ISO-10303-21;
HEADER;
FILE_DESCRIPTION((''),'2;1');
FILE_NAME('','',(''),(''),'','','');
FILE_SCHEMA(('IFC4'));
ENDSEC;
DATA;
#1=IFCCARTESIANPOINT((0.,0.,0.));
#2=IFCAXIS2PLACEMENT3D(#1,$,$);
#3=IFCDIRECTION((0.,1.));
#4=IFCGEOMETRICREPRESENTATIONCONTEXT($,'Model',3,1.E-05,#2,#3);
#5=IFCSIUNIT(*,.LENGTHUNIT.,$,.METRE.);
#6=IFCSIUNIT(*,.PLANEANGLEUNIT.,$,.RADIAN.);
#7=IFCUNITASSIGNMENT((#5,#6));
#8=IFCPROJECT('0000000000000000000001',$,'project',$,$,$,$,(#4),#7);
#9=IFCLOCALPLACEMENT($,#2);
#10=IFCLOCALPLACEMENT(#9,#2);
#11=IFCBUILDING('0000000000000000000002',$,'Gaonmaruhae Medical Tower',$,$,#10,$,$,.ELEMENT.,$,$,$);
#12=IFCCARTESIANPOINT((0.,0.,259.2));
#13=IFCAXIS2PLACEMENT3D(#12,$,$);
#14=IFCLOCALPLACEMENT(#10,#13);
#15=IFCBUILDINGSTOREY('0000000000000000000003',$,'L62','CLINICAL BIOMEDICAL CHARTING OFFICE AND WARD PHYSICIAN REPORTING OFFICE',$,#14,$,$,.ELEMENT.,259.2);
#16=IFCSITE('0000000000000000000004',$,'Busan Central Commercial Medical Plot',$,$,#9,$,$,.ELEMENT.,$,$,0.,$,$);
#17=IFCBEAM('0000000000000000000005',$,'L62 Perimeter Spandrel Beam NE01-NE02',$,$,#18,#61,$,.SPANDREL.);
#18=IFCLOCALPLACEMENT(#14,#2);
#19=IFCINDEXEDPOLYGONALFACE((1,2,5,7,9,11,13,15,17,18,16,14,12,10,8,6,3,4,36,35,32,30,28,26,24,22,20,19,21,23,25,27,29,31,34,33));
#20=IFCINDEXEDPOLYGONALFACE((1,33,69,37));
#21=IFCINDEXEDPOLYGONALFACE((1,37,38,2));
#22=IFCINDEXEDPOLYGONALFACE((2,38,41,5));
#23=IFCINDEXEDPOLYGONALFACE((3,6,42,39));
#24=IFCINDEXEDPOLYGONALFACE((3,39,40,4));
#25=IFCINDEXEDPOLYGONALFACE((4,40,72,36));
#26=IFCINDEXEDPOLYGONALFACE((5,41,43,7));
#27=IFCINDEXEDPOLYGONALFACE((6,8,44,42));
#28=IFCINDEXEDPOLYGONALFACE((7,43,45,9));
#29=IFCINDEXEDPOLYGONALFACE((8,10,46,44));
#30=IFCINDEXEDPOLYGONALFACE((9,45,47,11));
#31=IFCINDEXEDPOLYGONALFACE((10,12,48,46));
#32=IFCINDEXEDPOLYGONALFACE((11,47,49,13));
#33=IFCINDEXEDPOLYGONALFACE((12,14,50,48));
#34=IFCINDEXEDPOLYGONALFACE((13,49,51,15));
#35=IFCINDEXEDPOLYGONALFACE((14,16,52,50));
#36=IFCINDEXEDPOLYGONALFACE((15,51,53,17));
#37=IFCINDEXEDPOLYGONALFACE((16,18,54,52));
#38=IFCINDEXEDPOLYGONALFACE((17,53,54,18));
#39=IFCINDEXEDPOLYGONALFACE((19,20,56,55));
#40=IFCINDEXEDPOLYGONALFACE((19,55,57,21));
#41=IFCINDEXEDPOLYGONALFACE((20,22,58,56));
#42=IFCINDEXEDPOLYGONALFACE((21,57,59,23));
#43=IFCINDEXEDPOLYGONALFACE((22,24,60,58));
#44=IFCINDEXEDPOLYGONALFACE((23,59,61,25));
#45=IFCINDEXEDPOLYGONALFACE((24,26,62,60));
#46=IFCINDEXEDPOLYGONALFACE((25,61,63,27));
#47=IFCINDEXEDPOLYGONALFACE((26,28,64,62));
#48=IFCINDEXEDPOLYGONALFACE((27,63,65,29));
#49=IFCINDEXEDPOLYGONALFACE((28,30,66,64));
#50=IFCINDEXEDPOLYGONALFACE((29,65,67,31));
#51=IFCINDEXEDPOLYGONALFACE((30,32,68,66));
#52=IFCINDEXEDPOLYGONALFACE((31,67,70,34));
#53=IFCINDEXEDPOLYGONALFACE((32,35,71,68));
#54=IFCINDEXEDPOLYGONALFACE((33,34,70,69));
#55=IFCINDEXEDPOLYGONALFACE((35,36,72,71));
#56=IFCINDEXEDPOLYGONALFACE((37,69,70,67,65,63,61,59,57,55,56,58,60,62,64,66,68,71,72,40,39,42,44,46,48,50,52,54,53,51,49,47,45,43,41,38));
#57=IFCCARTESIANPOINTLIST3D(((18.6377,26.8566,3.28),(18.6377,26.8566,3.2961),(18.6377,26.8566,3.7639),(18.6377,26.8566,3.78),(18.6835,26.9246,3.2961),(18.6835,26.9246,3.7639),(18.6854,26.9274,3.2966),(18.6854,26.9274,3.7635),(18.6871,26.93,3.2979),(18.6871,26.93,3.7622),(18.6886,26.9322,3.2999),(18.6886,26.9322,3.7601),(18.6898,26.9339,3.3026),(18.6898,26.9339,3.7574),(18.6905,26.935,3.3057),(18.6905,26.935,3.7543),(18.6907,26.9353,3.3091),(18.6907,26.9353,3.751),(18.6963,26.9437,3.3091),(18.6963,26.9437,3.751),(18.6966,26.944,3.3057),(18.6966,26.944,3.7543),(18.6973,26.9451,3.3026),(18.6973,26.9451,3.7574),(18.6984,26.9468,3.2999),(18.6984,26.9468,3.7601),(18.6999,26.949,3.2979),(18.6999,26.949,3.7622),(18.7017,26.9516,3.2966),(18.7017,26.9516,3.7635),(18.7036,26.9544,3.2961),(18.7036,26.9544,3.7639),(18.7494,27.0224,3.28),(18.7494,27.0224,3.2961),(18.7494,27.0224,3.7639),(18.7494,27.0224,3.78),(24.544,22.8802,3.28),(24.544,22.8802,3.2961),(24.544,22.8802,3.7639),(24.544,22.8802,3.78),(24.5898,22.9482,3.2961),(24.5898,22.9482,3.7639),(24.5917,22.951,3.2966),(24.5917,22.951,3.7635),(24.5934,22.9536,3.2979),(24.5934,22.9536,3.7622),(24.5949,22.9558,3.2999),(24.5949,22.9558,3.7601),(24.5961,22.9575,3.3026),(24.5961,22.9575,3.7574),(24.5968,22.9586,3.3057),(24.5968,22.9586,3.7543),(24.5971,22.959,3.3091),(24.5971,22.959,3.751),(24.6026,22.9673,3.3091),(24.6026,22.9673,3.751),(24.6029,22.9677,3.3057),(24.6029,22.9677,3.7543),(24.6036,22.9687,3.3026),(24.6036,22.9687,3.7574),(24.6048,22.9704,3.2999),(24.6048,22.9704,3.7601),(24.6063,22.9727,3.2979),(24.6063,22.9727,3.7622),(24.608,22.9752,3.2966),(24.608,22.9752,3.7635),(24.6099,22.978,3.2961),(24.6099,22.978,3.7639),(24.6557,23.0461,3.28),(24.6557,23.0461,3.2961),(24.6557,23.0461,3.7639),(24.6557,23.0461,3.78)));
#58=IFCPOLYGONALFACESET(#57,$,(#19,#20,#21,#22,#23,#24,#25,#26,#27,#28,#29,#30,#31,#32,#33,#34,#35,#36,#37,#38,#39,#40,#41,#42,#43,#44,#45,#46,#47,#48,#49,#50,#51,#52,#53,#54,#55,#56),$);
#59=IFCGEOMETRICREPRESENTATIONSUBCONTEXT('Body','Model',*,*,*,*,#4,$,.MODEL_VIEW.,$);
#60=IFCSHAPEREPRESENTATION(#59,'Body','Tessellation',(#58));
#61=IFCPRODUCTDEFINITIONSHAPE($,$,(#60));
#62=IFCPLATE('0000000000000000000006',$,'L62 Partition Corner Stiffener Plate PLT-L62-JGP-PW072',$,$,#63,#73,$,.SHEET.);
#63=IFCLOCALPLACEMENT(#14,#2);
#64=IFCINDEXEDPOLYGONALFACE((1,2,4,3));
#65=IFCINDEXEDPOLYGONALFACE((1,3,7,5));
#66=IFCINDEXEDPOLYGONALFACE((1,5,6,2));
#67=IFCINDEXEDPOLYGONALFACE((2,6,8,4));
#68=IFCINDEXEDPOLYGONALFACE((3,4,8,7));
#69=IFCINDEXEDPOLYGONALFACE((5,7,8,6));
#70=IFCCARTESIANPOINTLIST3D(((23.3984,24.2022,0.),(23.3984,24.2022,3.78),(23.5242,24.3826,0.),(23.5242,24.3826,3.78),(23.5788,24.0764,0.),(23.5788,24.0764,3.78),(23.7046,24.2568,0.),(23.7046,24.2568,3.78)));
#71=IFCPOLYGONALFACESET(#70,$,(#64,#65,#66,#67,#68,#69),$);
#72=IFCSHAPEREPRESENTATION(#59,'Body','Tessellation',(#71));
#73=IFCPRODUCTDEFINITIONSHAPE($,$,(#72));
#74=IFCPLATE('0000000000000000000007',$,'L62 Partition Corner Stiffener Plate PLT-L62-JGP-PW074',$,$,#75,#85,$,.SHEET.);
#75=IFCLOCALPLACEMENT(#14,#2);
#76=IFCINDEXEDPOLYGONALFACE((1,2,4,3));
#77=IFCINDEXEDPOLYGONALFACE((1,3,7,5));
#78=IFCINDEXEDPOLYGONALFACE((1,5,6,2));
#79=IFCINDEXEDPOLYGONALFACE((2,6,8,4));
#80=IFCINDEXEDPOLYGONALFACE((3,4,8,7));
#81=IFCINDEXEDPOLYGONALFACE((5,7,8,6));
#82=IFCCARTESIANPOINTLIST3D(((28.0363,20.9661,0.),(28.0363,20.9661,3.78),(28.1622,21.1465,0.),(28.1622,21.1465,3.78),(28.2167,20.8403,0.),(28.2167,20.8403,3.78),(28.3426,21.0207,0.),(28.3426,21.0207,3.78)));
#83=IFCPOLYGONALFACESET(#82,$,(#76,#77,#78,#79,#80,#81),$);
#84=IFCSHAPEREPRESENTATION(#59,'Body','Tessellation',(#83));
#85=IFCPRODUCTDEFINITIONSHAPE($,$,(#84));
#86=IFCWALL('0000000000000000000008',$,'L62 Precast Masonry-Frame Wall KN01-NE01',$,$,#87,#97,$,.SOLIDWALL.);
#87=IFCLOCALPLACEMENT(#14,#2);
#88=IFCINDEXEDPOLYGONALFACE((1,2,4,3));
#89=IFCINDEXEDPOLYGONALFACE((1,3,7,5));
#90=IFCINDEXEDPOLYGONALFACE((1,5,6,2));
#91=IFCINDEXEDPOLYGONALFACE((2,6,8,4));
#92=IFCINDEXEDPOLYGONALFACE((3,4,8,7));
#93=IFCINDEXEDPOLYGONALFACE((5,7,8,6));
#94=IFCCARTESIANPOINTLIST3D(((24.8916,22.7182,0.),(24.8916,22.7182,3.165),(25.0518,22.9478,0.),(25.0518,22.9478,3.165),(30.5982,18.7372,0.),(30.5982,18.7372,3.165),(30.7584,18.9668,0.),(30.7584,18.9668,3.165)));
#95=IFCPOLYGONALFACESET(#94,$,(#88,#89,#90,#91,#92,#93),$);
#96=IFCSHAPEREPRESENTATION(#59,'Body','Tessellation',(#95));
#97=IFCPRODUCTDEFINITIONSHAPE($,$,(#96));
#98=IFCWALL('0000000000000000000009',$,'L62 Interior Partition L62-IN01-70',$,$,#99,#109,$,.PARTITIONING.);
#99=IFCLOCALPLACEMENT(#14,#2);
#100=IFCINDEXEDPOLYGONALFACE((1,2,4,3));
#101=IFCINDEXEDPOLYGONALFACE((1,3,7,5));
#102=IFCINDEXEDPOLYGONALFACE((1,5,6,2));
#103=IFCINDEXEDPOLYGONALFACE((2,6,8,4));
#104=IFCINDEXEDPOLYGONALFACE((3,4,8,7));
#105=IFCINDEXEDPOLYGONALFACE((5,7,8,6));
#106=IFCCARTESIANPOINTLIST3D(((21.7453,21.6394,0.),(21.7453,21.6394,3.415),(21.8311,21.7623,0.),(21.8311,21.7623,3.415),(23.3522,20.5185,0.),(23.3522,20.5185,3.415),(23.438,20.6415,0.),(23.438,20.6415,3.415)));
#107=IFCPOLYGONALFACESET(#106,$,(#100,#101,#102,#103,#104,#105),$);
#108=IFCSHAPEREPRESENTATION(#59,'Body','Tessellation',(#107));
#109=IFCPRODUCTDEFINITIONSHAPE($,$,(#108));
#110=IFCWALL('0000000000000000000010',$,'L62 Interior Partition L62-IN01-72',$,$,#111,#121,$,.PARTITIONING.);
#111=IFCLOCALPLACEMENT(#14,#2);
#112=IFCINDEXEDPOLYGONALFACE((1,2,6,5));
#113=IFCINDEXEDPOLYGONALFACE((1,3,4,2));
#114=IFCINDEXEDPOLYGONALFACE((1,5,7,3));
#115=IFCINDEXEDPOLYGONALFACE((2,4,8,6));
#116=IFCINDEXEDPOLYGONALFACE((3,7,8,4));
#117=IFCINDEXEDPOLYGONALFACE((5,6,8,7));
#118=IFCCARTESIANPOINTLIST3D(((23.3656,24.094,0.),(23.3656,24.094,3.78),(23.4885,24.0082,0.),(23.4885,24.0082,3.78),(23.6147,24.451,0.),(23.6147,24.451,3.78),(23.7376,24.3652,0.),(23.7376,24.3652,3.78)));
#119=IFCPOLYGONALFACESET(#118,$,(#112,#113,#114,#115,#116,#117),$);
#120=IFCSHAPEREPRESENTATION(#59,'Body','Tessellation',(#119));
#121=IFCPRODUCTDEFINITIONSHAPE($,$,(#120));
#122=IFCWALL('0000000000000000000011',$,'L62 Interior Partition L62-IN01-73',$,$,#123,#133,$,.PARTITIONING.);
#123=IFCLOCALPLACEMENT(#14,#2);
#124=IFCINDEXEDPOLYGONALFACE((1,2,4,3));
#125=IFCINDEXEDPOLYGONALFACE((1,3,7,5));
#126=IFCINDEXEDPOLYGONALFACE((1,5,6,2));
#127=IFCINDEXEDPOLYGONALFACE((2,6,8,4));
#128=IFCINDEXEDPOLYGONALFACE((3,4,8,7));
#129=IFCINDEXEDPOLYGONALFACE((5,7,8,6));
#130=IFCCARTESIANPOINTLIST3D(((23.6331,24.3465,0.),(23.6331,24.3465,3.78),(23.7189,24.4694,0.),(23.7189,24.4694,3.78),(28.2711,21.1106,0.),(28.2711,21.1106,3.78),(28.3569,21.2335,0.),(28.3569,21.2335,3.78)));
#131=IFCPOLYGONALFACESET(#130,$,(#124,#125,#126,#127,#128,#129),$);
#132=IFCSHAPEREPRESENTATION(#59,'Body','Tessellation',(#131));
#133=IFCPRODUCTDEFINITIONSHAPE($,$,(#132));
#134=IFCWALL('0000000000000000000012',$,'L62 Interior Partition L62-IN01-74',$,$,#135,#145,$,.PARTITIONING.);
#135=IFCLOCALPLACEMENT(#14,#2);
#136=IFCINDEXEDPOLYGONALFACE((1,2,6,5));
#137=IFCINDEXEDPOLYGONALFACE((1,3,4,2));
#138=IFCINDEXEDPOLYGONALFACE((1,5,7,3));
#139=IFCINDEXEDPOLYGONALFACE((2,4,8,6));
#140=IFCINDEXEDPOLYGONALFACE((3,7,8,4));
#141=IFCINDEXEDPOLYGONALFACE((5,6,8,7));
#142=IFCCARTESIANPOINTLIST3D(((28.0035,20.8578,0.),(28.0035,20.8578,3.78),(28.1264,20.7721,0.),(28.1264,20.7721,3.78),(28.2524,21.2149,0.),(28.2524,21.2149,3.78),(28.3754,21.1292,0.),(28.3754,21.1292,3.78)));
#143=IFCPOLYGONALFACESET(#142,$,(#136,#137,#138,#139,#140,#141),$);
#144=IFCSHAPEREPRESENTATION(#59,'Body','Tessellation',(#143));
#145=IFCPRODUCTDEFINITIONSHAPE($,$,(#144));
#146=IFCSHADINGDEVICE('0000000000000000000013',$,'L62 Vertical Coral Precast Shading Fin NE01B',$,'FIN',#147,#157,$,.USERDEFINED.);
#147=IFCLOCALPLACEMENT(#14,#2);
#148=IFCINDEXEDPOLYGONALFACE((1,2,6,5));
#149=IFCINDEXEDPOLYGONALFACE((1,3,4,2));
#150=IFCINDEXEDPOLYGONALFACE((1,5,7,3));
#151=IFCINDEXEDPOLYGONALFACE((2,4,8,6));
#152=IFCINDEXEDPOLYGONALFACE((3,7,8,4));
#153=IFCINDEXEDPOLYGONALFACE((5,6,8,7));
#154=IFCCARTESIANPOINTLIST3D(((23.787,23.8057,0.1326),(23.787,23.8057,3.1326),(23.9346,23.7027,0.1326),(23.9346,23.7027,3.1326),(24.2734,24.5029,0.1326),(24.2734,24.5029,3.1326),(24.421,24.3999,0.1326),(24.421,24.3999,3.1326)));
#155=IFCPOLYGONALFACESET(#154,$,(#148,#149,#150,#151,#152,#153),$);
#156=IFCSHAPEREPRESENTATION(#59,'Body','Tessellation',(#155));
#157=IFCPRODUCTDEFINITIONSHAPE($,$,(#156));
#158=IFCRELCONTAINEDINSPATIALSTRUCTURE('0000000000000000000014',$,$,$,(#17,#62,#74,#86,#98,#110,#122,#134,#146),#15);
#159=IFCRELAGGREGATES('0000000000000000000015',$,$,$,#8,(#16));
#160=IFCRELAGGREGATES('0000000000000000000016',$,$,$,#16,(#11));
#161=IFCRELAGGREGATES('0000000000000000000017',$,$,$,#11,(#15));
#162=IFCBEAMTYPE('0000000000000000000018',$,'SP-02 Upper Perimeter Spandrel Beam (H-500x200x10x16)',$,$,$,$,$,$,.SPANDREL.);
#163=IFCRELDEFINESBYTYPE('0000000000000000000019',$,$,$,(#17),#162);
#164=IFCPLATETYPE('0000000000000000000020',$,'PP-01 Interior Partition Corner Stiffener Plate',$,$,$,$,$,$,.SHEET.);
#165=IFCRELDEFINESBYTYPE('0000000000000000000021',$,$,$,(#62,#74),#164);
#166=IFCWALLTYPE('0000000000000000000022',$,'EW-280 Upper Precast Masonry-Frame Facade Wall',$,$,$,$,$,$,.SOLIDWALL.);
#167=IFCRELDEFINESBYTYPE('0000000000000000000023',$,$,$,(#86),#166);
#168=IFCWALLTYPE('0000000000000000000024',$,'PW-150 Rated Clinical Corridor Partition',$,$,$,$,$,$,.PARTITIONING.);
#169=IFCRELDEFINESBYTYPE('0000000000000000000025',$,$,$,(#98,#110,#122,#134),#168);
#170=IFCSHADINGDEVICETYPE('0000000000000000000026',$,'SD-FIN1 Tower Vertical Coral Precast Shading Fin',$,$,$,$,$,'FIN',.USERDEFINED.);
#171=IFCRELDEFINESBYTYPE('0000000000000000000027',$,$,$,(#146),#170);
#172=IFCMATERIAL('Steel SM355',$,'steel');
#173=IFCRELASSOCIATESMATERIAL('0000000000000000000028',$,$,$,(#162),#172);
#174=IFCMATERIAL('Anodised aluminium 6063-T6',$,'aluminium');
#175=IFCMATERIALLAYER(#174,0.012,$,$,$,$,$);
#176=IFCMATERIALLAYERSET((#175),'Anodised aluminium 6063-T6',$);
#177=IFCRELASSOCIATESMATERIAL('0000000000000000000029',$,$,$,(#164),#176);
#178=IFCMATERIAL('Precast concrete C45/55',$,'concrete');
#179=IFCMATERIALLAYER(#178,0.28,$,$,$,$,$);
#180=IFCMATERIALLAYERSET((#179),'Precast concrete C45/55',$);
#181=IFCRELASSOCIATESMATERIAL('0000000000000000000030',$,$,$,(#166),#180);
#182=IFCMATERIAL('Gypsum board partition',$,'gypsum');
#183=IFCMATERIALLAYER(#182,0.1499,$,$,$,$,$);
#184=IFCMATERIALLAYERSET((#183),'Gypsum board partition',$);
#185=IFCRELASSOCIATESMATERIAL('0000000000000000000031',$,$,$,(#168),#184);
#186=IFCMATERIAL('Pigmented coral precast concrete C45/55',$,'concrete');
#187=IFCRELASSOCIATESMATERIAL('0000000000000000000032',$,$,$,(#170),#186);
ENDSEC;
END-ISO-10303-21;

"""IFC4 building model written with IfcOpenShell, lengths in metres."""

from ifc_helpers import new_model, si_unit, direction, frame, frame_2d, origin, origin_2d, place, context, subcontext, project, spatial, rectangle, i_section, extrude, material, layer, layer_set, material_profile, profile_set, type_object, element, save


model = new_model("IFC4")

# Units and contexts
model_context = context("Model", 3, precision=1e-05, world=origin(), true_north=direction((0.0, 1.0)))
body_context = subcontext(model_context, "Body", "Model", "MODEL_VIEW")
ifc_project = project(units=[si_unit("LENGTHUNIT", "METRE"), si_unit("PLANEANGLEUNIT", "RADIAN")], contexts=[model_context])

# Site, building, storey
site_placement = place(None, origin())
site = spatial("IfcSite", under=ifc_project, at=site_placement, Name="Busan Central Commercial Medical Plot", CompositionType="ELEMENT", RefElevation=0.0)
building_placement = place(site_placement, origin())
building = spatial("IfcBuilding", under=site, at=building_placement, Name="Gaonmaruhae Medical Tower", CompositionType="ELEMENT")
storey_placement = place(building_placement, frame((0.0, 0.0, 259.2)))
storey = spatial("IfcBuildingStorey", under=building, at=storey_placement, Name="L62", Description="CLINICAL BIOMEDICAL CHARTING OFFICE AND WARD PHYSICIAN REPORTING OFFICE", CompositionType="ELEMENT", Elevation=259.2)

# Beam
ifc_material_1 = material(Name="Steel SM355", Category="steel")
ifc_material_profile_1 = material_profile(ifc_material_1, i_section(OverallWidth=0.2, OverallDepth=0.5, WebThickness=0.01, FlangeThickness=0.0161, FilletRadius=0.0129, at=origin_2d()), Name="H-500x200x10x16")
ifc_profile_set_1 = profile_set([ifc_material_profile_1], Name="Steel SM355")
beam_type_1 = type_object("IfcBeamType", Name="SP-02 Upper Perimeter Spandrel Beam (H-500x200x10x16)", PredefinedType="SPANDREL", material=ifc_profile_set_1)
beam_1_placement = place(storey_placement, frame((24.5999, 22.9631, 3.53), z_axis=(-0.829525, 0.558469, 0.0), x_axis=(-0.558469, -0.829525, 0.0)))
element("IfcBeam", 1, at=beam_1_placement, inside=storey, type_object=beam_type_1, Name="L62 Perimeter Spandrel Beam NE01-NE02", PredefinedType="SPANDREL", context=body_context, shape_type="SweptSolid", body=[
    extrude(i_section(OverallWidth=0.2, OverallDepth=0.5, WebThickness=0.01, FlangeThickness=0.0161, FilletRadius=0.0129, at=origin_2d()), origin(), (0.0, 0.0, 1.0), 7.1201),
])

# Plates
ifc_material_2 = material(Name="Anodised aluminium 6063-T6", Category="aluminium")
ifc_layer_1 = layer(ifc_material_2, 0.012)
ifc_layer_set_1 = layer_set([ifc_layer_1], Name="Anodised aluminium 6063-T6")
plate_type = type_object("IfcPlateType", Name="PP-01 Interior Partition Corner Stiffener Plate", PredefinedType="SHEET", material=ifc_layer_set_1)
for number, where, z_axis, x_axis, name in (
    (2, (23.5515, 24.2295, 0.0), (0.0, 0.0, 1.0), (0.572074, 0.820202, 0.0), "L62 Partition Corner Stiffener Plate PLT-L62-JGP-PW072"),
    (3, (28.1895, 20.9934, 0.0), (0.0, 0.0, 1.0), (-0.572074, -0.820202, 0.0), "L62 Partition Corner Stiffener Plate PLT-L62-JGP-PW074"),
):
    element("IfcPlate", number, at=place(storey_placement, frame(where, z_axis=z_axis, x_axis=x_axis)), inside=storey, type_object=plate_type, Name=name, PredefinedType="SHEET", context=body_context, shape_type="SweptSolid", body=[
        extrude(rectangle(XDim=0.22, YDim=0.22, at=origin_2d()), origin(), (0.0, 0.0, 1.0), 3.78),
    ])

# Wall
ifc_material_3 = material(Name="Precast concrete C45/55", Category="concrete")
ifc_layer_2 = layer(ifc_material_3, 0.28)
ifc_layer_set_2 = layer_set([ifc_layer_2], Name="Precast concrete C45/55")
wall_type_1 = type_object("IfcWallType", Name="EW-280 Upper Precast Masonry-Frame Facade Wall", PredefinedType="SOLIDWALL", material=ifc_layer_set_2)
wall_1_placement = place(storey_placement, frame((24.9717, 22.833, 0.0), z_axis=(0.0, 0.0, 1.0), x_axis=(0.820151, -0.572148, 0.0)))
element("IfcWall", 4, at=wall_1_placement, inside=storey, type_object=wall_type_1, Name="L62 Precast Masonry-Frame Wall KN01-NE01", PredefinedType="SOLIDWALL", context=body_context, shape_type="SweptSolid", body=[
    extrude(rectangle(XDim=6.958, YDim=0.28, at=frame_2d((3.479, 0.0))), origin(), (0.0, 0.0, 1.0), 3.165),
])

# Shared definitions
ifc_material_4 = material(Name="Gypsum board partition", Category="gypsum")
ifc_layer_3 = layer(ifc_material_4, 0.1499)
ifc_layer_set_3 = layer_set([ifc_layer_3], Name="Gypsum board partition")
wall_type_2 = type_object("IfcWallType", Name="PW-150 Rated Clinical Corridor Partition", PredefinedType="PARTITIONING", material=ifc_layer_set_3)

# Walls
wall_2_placement = place(storey_placement, frame((23.395, 20.5801, 0.0), z_axis=(0.0, 0.0, 1.0), x_axis=(-0.820191, 0.57209, 0.0)))
element("IfcWall", 5, at=wall_2_placement, inside=storey, type_object=wall_type_2, Name="L62 Interior Partition L62-IN01-70", PredefinedType="PARTITIONING", context=body_context, shape_type="SweptSolid", body=[
    extrude(rectangle(XDim=1.9592, YDim=0.1499, at=frame_2d((0.9795, 0.0))), origin(), (0.0, 0.0, 1.0), 3.415),
])
wall_3_placement = place(storey_placement, frame((23.427, 24.051, 0.0), z_axis=(0.0, 0.0, 1.0), x_axis=(0.572182, 0.820127, 0.0)))
element("IfcWall", 6, at=wall_3_placement, inside=storey, type_object=wall_type_2, Name="L62 Interior Partition L62-IN01-72", PredefinedType="PARTITIONING", context=body_context, shape_type="SweptSolid", body=[
    extrude(rectangle(XDim=0.4353, YDim=0.1499, at=frame_2d((0.2178, 0.0))), origin(), (0.0, 0.0, 1.0), 3.78),
])
wall_4_placement = place(storey_placement, frame((23.676, 24.408, 0.0), z_axis=(0.0, 0.0, 1.0), x_axis=(0.820121, -0.57219, 0.0)))
element("IfcWall", 7, at=wall_4_placement, inside=storey, type_object=wall_type_2, Name="L62 Interior Partition L62-IN01-73", PredefinedType="PARTITIONING", context=body_context, shape_type="SweptSolid", body=[
    extrude(rectangle(XDim=5.6553, YDim=0.1499, at=frame_2d((2.8276, 0.0))), origin(), (0.0, 0.0, 1.0), 3.78),
])
wall_5_placement = place(storey_placement, frame((28.314, 21.1721, 0.0), z_axis=(0.0, 0.0, 1.0), x_axis=(-0.571918, -0.82031, 0.0)))
element("IfcWall", 8, at=wall_5_placement, inside=storey, type_object=wall_type_2, Name="L62 Interior Partition L62-IN01-74", PredefinedType="PARTITIONING", context=body_context, shape_type="SweptSolid", body=[
    extrude(rectangle(XDim=0.4353, YDim=0.1499, at=frame_2d((0.2178, 0.0))), origin(), (0.0, 0.0, 1.0), 3.78),
])

# Shading device
ifc_material_5 = material(Name="Pigmented coral precast concrete C45/55", Category="concrete")
shading_device_type = type_object("IfcShadingDeviceType", Name="SD-FIN1 Tower Vertical Coral Precast Shading Fin", ElementType="FIN", PredefinedType="USERDEFINED", material=ifc_material_5)
shading_device_placement = place(storey_placement, frame((24.104, 24.1028, 0.1326), z_axis=(0.0, 0.0, 1.0), x_axis=(0.820152, -0.572146, 0.0)))
element("IfcShadingDevice", 9, at=shading_device_placement, inside=storey, type_object=shading_device_type, Name="L62 Vertical Coral Precast Shading Fin NE01B", ObjectType="FIN", PredefinedType="USERDEFINED", context=body_context, shape_type="SweptSolid", body=[
    extrude(rectangle(XDim=0.1799, YDim=0.8501, at=origin_2d()), origin(), (0.0, 0.0, 1.0), 3.0),
])

save(model, "model.ifc")
